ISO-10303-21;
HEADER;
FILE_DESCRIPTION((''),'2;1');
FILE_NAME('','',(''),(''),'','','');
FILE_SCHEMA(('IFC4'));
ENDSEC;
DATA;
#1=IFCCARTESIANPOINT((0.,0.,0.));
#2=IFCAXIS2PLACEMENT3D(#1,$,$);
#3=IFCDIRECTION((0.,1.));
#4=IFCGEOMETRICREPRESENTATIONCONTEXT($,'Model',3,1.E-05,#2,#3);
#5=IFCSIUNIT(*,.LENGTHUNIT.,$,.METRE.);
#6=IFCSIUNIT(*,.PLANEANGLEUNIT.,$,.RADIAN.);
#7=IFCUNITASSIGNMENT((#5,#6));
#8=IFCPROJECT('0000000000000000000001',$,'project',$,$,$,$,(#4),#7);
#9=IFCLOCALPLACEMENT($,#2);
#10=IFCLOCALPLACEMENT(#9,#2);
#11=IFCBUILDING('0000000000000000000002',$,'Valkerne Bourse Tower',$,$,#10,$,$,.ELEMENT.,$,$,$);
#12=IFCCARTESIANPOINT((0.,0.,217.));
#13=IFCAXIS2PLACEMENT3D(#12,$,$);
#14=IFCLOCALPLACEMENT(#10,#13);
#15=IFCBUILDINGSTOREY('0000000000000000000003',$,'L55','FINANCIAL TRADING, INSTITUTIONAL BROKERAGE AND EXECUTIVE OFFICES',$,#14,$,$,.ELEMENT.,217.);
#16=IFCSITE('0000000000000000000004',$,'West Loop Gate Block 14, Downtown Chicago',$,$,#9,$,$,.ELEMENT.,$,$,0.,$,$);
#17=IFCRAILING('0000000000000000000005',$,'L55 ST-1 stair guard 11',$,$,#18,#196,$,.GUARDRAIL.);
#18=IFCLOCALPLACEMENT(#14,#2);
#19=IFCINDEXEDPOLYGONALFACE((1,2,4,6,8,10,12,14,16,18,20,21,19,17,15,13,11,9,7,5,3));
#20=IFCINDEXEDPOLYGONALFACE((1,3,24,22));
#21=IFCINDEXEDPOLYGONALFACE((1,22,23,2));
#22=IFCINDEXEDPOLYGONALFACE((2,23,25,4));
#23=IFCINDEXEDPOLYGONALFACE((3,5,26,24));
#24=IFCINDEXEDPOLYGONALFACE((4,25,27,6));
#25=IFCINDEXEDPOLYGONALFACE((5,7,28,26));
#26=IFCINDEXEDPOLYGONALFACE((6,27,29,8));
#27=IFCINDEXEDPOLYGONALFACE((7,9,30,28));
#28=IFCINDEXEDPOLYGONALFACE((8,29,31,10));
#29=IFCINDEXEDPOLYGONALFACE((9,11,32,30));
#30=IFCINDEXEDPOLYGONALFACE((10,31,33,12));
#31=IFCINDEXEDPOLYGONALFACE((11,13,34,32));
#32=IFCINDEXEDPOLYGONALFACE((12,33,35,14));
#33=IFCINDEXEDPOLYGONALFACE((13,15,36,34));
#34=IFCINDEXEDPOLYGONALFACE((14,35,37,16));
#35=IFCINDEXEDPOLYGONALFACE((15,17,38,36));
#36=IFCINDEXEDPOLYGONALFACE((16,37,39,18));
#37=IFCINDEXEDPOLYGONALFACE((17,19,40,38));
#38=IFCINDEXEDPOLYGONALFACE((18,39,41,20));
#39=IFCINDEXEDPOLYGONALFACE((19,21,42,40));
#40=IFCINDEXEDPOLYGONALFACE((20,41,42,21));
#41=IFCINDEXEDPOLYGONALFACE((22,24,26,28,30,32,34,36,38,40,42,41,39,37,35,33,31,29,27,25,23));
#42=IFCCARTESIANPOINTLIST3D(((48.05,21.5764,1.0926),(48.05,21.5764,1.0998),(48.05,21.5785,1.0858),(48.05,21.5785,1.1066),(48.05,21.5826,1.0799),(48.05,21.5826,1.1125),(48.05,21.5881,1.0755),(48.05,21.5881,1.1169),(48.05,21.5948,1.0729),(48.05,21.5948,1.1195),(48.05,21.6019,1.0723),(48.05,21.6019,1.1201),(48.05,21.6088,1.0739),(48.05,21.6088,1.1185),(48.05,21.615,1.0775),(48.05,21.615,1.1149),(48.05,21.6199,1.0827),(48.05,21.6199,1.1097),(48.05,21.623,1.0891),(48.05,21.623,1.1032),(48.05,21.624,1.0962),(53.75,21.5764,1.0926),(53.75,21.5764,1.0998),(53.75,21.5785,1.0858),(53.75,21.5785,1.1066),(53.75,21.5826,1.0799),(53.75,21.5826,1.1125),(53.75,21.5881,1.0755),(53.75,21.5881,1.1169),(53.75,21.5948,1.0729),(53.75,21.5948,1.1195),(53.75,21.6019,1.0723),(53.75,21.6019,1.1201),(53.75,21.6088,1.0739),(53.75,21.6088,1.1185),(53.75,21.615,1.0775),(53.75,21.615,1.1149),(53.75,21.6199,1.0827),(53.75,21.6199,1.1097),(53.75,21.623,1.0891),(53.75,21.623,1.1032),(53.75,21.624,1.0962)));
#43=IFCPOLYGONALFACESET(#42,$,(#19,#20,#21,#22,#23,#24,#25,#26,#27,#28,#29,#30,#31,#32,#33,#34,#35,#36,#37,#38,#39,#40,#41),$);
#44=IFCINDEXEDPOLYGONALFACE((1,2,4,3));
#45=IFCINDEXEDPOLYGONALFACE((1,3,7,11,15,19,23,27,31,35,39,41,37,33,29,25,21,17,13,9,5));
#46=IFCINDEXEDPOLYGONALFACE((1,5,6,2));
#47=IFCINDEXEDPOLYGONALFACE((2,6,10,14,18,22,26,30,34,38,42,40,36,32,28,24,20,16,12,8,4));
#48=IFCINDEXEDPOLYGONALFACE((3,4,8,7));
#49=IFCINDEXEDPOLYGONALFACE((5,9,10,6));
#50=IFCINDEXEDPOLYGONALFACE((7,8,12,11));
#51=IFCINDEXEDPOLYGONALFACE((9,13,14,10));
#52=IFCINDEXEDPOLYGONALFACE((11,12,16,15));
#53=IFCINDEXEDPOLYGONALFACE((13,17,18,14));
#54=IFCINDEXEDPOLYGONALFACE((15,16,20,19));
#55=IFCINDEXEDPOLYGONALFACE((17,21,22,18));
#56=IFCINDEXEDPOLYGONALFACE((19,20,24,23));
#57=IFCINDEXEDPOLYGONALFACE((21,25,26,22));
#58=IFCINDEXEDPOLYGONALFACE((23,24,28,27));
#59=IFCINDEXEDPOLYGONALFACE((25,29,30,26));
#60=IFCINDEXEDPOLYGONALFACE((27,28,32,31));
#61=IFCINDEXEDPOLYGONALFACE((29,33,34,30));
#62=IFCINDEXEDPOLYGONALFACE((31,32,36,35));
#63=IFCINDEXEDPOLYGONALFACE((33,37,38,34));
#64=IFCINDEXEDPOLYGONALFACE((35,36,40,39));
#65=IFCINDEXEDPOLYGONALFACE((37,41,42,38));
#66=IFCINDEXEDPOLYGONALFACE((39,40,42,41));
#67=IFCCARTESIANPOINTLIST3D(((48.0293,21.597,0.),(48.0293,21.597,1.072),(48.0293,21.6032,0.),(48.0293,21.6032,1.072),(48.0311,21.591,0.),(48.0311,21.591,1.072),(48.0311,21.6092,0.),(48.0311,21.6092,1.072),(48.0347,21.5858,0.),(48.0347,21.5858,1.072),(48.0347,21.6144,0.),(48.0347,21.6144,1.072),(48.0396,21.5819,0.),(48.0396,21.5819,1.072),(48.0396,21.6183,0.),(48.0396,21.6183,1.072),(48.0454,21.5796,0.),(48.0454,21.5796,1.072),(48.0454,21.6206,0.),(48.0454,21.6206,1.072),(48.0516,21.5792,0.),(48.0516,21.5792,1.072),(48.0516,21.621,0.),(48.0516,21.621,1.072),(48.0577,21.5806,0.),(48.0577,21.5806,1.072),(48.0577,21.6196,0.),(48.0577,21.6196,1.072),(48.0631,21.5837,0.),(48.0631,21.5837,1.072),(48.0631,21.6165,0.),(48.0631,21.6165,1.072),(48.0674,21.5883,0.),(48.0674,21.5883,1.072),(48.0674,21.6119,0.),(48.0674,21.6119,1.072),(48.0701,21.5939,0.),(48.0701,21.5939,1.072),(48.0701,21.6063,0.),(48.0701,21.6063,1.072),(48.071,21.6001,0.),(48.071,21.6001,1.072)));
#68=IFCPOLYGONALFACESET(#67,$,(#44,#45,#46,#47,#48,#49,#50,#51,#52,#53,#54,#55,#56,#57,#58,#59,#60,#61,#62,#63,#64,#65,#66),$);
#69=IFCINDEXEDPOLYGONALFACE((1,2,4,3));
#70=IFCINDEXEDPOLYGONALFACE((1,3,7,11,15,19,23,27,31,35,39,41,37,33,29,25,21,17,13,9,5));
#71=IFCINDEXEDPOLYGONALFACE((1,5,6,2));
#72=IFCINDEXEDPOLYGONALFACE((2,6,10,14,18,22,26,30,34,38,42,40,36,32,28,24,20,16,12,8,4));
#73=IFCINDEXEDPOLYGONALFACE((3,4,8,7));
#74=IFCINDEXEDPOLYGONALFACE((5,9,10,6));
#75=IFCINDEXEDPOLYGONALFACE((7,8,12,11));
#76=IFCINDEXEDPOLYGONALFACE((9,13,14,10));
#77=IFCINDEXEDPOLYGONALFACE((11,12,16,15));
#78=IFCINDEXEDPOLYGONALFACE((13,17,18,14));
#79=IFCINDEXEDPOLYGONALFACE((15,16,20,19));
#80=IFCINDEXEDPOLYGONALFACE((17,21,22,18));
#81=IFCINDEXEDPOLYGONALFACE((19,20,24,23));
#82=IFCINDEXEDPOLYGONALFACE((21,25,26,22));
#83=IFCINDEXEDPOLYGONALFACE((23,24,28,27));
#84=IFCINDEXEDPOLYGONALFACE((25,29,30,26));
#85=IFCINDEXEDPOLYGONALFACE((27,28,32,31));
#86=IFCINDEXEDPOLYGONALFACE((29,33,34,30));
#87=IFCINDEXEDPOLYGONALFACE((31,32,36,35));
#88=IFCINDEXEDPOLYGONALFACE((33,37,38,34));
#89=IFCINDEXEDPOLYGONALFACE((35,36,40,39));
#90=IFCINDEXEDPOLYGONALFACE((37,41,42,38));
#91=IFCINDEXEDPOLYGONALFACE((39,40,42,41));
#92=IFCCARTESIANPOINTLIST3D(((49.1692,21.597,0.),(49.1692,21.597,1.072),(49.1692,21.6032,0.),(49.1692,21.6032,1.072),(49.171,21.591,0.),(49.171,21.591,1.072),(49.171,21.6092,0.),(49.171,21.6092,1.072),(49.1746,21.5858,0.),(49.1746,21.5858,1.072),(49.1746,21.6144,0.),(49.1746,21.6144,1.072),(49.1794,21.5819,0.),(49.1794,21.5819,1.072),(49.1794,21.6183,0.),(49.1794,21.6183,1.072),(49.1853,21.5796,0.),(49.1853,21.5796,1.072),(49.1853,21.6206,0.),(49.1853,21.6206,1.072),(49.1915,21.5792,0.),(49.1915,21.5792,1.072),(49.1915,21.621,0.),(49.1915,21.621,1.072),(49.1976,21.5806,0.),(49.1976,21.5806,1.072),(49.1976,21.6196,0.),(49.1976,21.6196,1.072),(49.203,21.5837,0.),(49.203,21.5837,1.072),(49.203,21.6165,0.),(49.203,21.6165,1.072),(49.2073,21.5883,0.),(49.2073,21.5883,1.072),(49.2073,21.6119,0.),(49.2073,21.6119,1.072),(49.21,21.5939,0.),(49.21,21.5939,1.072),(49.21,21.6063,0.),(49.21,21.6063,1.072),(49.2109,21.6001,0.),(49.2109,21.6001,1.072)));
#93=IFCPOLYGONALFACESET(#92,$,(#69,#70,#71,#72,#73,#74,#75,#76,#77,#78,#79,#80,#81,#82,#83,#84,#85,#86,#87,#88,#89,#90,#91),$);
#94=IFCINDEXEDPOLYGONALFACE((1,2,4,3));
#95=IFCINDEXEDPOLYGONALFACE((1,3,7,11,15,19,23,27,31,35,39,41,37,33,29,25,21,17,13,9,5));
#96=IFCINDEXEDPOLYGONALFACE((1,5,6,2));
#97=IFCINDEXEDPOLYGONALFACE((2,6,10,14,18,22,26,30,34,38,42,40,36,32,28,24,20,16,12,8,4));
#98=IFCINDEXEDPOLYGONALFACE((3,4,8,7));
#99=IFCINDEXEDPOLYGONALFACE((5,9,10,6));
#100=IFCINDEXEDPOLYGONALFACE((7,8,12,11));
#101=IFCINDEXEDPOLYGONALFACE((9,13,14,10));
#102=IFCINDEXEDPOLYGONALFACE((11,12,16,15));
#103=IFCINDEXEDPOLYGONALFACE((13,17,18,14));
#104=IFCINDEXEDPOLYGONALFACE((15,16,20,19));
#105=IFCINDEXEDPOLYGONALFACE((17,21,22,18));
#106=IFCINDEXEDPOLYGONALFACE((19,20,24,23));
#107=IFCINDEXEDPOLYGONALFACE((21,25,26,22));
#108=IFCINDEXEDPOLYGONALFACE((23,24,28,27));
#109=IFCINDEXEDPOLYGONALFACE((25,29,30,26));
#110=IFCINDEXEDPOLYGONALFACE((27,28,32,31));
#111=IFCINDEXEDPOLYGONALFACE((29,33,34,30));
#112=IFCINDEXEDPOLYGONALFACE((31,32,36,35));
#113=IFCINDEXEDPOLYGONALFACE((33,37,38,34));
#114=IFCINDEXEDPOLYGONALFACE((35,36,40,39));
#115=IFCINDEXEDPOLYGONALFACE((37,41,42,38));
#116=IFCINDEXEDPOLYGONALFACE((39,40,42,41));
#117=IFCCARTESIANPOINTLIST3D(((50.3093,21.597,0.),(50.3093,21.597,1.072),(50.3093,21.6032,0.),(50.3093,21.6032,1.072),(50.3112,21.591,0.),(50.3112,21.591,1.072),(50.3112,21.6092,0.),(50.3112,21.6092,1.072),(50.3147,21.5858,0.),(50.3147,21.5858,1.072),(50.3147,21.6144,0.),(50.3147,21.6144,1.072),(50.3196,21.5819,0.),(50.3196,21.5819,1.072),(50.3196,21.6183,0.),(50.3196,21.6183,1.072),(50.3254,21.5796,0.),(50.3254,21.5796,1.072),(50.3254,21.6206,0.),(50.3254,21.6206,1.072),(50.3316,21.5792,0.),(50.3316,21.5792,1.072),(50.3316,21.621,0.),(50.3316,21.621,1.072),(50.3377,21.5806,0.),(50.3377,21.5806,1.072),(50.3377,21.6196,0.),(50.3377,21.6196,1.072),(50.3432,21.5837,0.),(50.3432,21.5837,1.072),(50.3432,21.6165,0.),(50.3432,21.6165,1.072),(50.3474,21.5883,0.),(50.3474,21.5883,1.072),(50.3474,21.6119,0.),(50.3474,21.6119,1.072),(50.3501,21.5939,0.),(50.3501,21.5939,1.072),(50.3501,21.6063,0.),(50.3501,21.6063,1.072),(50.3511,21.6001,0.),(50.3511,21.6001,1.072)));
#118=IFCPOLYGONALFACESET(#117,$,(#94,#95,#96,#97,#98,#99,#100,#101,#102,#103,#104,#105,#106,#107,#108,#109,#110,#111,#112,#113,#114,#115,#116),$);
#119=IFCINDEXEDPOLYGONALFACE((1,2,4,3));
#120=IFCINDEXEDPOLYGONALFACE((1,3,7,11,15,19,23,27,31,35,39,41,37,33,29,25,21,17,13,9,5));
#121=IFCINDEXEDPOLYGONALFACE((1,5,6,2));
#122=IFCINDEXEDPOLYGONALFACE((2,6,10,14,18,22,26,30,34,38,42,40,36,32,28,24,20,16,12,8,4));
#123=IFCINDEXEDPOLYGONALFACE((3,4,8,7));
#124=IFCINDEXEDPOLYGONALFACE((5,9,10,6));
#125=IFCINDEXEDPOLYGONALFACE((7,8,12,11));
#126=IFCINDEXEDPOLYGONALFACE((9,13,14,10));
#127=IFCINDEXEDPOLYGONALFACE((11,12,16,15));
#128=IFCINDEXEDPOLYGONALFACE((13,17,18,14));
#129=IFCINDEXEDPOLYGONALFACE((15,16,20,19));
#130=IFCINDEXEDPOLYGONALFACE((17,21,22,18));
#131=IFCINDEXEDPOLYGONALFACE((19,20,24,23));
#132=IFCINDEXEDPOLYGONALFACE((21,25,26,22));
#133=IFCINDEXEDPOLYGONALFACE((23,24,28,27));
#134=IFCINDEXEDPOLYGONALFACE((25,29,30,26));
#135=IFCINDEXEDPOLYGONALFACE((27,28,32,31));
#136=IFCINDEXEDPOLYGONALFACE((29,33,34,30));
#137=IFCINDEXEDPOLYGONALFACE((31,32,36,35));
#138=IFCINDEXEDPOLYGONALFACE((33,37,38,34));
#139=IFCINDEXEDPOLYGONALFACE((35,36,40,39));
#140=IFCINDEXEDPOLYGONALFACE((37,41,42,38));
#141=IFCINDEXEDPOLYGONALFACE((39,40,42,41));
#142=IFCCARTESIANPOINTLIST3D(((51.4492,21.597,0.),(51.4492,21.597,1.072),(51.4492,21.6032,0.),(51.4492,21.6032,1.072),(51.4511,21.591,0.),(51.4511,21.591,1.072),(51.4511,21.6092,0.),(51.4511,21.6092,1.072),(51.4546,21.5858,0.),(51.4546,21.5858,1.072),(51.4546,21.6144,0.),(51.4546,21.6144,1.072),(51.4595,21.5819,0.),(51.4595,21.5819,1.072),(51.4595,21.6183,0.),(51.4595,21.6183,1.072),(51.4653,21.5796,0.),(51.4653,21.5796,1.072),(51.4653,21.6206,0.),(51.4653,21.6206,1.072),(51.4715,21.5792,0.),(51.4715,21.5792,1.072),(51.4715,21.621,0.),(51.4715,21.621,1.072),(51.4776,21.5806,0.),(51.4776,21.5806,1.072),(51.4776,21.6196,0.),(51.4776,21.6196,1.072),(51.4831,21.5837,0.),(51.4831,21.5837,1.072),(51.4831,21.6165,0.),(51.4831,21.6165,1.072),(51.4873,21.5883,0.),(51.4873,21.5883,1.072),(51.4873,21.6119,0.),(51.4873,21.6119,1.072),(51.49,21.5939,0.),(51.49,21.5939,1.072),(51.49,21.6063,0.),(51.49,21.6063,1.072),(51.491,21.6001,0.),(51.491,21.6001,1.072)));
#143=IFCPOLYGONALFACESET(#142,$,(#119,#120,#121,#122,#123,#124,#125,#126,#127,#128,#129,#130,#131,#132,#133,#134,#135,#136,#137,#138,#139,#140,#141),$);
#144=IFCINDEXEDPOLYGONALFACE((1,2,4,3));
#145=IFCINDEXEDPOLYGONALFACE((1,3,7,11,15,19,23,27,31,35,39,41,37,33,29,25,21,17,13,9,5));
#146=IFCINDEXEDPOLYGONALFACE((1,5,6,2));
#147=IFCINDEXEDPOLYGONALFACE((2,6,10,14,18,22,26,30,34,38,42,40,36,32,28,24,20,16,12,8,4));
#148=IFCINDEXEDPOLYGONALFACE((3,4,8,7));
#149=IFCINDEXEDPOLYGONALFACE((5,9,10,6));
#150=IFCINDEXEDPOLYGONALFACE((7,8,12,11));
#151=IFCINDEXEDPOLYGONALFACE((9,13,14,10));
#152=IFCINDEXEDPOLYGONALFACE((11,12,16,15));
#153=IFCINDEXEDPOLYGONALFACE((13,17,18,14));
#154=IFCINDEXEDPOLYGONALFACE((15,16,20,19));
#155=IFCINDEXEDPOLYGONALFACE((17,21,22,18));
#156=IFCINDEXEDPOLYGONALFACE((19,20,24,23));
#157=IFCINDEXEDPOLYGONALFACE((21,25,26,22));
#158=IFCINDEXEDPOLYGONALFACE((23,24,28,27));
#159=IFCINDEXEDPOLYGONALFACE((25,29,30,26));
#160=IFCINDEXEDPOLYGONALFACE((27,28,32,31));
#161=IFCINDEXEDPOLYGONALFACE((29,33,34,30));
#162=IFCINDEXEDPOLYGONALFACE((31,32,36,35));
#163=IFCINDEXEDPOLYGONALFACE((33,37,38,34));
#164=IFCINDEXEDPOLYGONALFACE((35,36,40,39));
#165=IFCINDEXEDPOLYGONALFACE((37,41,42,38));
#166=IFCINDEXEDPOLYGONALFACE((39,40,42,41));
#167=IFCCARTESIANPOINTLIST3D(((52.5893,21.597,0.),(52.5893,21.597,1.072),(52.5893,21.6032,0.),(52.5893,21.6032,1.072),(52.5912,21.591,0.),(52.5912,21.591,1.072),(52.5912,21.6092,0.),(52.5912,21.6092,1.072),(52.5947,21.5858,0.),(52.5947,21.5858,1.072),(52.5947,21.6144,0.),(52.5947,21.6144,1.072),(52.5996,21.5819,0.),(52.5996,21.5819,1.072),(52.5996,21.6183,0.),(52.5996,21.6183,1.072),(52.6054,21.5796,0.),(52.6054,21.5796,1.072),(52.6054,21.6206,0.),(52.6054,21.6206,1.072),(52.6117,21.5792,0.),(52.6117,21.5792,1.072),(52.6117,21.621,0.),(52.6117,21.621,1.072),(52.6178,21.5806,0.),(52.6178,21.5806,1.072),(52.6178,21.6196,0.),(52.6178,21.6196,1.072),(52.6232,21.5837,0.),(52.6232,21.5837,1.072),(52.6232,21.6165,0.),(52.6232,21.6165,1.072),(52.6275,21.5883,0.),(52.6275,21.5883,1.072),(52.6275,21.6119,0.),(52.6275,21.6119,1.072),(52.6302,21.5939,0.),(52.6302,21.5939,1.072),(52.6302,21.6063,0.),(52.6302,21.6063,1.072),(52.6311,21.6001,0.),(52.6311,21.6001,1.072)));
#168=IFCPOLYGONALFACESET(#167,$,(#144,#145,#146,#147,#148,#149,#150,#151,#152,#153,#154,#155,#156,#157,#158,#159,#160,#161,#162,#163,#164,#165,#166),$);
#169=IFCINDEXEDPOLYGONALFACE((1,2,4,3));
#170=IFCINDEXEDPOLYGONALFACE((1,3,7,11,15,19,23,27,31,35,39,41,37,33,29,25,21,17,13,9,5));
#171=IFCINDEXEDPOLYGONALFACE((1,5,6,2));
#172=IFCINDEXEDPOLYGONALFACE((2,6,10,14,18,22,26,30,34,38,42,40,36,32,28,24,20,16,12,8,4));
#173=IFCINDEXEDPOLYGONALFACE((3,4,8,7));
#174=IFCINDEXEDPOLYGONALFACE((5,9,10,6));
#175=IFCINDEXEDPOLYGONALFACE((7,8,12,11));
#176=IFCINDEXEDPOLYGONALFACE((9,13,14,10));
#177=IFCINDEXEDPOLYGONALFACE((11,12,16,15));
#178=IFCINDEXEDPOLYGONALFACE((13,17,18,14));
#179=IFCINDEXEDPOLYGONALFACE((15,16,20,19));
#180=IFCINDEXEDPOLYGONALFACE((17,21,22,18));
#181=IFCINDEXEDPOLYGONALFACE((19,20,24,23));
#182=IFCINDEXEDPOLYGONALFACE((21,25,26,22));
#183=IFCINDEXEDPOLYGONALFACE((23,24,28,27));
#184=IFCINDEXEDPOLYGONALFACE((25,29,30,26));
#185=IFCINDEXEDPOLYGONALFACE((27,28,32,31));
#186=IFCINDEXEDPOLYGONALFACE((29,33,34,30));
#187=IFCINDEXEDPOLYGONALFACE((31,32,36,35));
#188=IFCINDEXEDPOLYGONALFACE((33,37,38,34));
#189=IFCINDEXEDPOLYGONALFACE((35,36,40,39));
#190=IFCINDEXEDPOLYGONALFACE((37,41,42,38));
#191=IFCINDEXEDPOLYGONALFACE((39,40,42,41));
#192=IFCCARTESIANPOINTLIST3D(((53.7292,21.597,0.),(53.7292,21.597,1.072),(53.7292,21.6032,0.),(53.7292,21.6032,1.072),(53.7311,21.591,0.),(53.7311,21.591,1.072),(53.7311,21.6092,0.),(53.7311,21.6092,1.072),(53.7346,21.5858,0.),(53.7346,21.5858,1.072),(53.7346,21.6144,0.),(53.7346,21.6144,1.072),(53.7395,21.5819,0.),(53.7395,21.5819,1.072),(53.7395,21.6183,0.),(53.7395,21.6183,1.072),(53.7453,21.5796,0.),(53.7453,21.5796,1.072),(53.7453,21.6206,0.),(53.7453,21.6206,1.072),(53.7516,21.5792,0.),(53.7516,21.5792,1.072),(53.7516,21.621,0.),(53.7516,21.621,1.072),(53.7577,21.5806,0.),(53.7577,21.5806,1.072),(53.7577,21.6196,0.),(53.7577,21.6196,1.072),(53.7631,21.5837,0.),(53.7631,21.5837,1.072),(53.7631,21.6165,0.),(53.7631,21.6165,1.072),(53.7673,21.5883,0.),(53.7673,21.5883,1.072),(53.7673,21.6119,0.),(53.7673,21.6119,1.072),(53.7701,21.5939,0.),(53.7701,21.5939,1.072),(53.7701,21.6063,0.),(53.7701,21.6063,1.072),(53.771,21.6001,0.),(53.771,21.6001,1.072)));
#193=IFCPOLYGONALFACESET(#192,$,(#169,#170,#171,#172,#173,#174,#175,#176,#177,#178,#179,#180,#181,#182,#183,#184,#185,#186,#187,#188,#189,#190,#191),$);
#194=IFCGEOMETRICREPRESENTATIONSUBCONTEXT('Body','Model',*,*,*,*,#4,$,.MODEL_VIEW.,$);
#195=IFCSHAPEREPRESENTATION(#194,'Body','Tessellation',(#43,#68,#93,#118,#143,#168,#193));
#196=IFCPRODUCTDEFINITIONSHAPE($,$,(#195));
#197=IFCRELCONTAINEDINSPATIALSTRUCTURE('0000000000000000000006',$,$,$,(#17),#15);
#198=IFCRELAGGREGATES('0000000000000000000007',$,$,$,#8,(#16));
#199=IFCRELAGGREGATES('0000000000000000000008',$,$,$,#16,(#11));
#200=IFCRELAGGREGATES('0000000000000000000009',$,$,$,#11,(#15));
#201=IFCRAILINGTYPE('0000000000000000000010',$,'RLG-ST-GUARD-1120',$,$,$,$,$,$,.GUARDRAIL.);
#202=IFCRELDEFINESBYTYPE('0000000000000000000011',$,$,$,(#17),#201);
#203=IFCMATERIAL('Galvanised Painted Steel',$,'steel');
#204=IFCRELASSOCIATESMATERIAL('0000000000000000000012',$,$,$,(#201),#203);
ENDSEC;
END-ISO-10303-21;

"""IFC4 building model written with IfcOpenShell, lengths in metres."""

from ifc_helpers import new_model, si_unit, direction, frame, origin, origin_2d, place, context, subcontext, project, spatial, circle, extrude, material, type_object, element, save


model = new_model("IFC4")

# Units and contexts
model_context = context("Model", 3, precision=1e-05, world=origin(), true_north=direction((0.0, 1.0)))
body_context = subcontext(model_context, "Body", "Model", "MODEL_VIEW")
ifc_project = project(units=[si_unit("LENGTHUNIT", "METRE"), si_unit("PLANEANGLEUNIT", "RADIAN")], contexts=[model_context])

# Site, building, storey
site_placement = place(None, origin())
site = spatial("IfcSite", under=ifc_project, at=site_placement, Name="West Loop Gate Block 14, Downtown Chicago", CompositionType="ELEMENT", RefElevation=0.0)
building_placement = place(site_placement, origin())
building = spatial("IfcBuilding", under=site, at=building_placement, Name="Valkerne Bourse Tower", CompositionType="ELEMENT")
storey_placement = place(building_placement, frame((0.0, 0.0, 217.0)))
storey = spatial("IfcBuildingStorey", under=building, at=storey_placement, Name="L55", Description="FINANCIAL TRADING, INSTITUTIONAL BROKERAGE AND EXECUTIVE OFFICES", CompositionType="ELEMENT", Elevation=217.0)

# Shared definitions
ifc_material_1 = material(Name="Galvanised Painted Steel", Category="steel")

# Railing
railing_type_1 = type_object("IfcRailingType", Name="RLG-ST-GUARD-1120", PredefinedType="GUARDRAIL", material=ifc_material_1)
railing_1_placement = place(storey_placement, frame((48.05, 21.6001, 0.0)))
element("IfcRailing", 1, at=railing_1_placement, inside=storey, type_object=railing_type_1, Name="L55 ST-1 stair guard 11", PredefinedType="GUARDRAIL", context=body_context, shape_type="SweptSolid", body=[
    extrude(circle(Radius=0.0239, at=origin_2d()), frame((0.0, 0.0, 1.0962), z_axis=(1.0, 0.0, 0.0), x_axis=(0.0, 1.0, 0.0)), (0.0, 0.0, 1.0), 5.7),
    extrude(circle(Radius=0.021, at=origin_2d()), origin(), (0.0, 0.0, 1.0), 1.072),
    extrude(circle(Radius=0.021, at=origin_2d()), frame((1.1399, 0.0, 0.0)), (0.0, 0.0, 1.0), 1.072),
    extrude(circle(Radius=0.021, at=origin_2d()), frame((2.28, 0.0, 0.0)), (0.0, 0.0, 1.0), 1.072),
    extrude(circle(Radius=0.021, at=origin_2d()), frame((3.4199, 0.0, 0.0)), (0.0, 0.0, 1.0), 1.072),
    extrude(circle(Radius=0.021, at=origin_2d()), frame((4.5601, 0.0, 0.0)), (0.0, 0.0, 1.0), 1.072),
    extrude(circle(Radius=0.021, at=origin_2d()), frame((5.7, 0.0, 0.0)), (0.0, 0.0, 1.0), 1.072),
])

save(model, "model.ifc")
